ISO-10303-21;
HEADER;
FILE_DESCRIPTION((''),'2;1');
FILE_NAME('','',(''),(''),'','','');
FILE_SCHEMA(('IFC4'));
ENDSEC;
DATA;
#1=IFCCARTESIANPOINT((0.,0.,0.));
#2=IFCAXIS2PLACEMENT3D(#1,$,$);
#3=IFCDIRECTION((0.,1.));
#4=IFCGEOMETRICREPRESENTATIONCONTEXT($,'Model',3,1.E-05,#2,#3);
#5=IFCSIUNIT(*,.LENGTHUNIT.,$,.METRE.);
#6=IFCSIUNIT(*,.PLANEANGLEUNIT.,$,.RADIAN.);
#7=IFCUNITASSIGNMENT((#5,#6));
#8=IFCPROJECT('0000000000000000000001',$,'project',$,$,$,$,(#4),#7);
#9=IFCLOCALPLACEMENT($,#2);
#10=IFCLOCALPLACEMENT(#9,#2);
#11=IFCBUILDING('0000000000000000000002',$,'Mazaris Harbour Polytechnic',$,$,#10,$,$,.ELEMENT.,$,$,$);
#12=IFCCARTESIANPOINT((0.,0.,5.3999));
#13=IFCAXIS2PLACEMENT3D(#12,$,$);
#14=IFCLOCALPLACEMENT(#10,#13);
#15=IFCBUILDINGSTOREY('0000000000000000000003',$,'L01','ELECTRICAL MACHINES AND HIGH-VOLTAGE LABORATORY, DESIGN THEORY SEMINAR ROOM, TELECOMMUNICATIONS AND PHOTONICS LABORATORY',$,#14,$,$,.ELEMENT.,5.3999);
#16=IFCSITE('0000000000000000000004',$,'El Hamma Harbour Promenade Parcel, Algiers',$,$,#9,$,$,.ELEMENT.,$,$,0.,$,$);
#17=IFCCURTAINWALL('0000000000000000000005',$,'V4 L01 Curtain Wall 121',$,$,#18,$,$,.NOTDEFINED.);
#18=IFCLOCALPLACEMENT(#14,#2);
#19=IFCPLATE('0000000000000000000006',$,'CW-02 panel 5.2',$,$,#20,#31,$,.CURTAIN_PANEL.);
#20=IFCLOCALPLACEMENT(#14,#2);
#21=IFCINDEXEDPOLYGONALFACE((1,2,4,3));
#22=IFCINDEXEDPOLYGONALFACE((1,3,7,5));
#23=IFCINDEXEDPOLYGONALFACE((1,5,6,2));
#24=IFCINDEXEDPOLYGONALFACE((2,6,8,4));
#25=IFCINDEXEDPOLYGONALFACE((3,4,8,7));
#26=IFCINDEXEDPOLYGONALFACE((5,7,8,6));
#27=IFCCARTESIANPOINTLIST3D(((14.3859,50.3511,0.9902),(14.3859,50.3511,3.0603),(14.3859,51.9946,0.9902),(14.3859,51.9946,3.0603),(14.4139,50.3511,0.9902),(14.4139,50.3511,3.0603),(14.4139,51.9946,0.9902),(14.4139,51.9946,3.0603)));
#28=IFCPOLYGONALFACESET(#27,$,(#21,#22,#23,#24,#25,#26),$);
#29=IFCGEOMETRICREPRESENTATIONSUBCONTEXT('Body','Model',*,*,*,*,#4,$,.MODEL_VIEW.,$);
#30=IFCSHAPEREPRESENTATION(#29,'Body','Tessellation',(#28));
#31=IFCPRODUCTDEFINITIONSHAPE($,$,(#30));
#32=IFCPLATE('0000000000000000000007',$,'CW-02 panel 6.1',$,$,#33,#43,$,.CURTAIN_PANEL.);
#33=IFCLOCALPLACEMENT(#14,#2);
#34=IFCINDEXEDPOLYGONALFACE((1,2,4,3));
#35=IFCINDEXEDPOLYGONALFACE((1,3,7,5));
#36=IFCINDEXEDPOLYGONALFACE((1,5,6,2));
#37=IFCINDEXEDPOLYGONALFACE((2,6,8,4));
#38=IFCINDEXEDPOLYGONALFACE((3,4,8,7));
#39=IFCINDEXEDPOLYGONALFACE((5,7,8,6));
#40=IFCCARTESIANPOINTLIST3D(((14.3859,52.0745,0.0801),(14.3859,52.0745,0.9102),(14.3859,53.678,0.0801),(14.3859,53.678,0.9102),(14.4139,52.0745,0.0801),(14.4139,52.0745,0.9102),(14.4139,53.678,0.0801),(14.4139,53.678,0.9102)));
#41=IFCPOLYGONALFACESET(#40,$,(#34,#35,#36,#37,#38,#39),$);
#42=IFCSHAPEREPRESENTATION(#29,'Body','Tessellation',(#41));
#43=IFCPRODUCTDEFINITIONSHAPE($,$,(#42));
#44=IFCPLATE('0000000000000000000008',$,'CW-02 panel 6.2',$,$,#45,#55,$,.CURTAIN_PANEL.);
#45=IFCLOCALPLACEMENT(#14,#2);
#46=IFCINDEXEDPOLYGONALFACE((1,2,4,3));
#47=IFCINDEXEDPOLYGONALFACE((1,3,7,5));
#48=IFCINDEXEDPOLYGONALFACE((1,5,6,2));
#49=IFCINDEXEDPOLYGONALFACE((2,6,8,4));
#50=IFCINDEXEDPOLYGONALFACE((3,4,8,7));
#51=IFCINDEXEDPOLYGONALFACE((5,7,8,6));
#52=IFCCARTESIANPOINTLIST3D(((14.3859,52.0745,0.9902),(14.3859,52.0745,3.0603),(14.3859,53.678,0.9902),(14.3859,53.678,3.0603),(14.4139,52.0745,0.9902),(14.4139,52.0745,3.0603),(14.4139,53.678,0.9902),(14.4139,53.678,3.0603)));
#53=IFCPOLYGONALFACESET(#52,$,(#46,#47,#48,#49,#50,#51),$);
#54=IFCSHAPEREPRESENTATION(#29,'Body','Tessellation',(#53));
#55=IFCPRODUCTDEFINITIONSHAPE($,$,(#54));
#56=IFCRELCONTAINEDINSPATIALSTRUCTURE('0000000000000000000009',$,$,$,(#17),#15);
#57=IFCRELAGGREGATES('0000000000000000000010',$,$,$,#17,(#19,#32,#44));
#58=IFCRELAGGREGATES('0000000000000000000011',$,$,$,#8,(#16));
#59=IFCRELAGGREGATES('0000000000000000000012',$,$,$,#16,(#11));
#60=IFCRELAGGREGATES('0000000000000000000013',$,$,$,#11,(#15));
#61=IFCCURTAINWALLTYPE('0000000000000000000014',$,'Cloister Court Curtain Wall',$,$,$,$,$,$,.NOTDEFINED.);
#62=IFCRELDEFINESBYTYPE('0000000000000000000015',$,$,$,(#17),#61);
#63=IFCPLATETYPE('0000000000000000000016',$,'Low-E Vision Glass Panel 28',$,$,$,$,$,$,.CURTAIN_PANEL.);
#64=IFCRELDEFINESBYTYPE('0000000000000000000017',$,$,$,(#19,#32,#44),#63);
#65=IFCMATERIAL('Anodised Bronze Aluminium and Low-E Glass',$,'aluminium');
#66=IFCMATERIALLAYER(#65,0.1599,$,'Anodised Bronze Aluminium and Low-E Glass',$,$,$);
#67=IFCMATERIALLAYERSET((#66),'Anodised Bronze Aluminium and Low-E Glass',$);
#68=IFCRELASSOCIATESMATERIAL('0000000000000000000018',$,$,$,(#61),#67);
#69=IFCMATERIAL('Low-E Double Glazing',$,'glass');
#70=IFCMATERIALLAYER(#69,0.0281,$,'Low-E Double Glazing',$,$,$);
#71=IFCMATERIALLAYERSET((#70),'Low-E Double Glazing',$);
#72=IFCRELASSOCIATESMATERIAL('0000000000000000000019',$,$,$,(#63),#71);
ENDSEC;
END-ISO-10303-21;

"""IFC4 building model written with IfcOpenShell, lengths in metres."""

from ifc_helpers import new_model, si_unit, direction, frame, origin, origin_2d, place, context, subcontext, project, spatial, rectangle, extrude, material, layer, layer_set, type_object, element, aggregate, save


model = new_model("IFC4")

# Units and contexts
model_context = context("Model", 3, precision=1e-05, world=origin(), true_north=direction((0.0, 1.0)))
body_context = subcontext(model_context, "Body", "Model", "MODEL_VIEW")
ifc_project = project(units=[si_unit("LENGTHUNIT", "METRE"), si_unit("PLANEANGLEUNIT", "RADIAN")], contexts=[model_context])

# Site, building, storey
site_placement = place(None, origin())
site = spatial("IfcSite", under=ifc_project, at=site_placement, Name="El Hamma Harbour Promenade Parcel, Algiers", CompositionType="ELEMENT", RefElevation=0.0)
building_placement = place(site_placement, origin())
building = spatial("IfcBuilding", under=site, at=building_placement, Name="Mazaris Harbour Polytechnic", CompositionType="ELEMENT")
storey_placement = place(building_placement, frame((0.0, 0.0, 5.3999)))
storey = spatial("IfcBuildingStorey", under=building, at=storey_placement, Name="L01", Description="ELECTRICAL MACHINES AND HIGH-VOLTAGE LABORATORY, DESIGN THEORY SEMINAR ROOM, TELECOMMUNICATIONS AND PHOTONICS LABORATORY", CompositionType="ELEMENT", Elevation=5.3999)

# Curtain wall
ifc_material_1 = material(Name="Anodised Bronze Aluminium and Low-E Glass", Category="aluminium")
ifc_layer_1 = layer(ifc_material_1, 0.1599, Name="Anodised Bronze Aluminium and Low-E Glass")
ifc_layer_set_1 = layer_set([ifc_layer_1], Name="Anodised Bronze Aluminium and Low-E Glass")
curtain_wall_type = type_object("IfcCurtainWallType", Name="Cloister Court Curtain Wall", PredefinedType="NOTDEFINED", material=ifc_layer_set_1)
curtain_wall_placement = place(storey_placement, origin())
curtain_wall = element("IfcCurtainWall", 1, at=curtain_wall_placement, inside=storey, type_object=curtain_wall_type, Name="V4 L01 Curtain Wall 121", PredefinedType="NOTDEFINED")

# Plates
ifc_material_2 = material(Name="Low-E Double Glazing", Category="glass")
ifc_layer_2 = layer(ifc_material_2, 0.0281, Name="Low-E Double Glazing")
ifc_layer_set_2 = layer_set([ifc_layer_2], Name="Low-E Double Glazing")
plate_type = type_object("IfcPlateType", Name="Low-E Vision Glass Panel 28", PredefinedType="CURTAIN_PANEL", material=ifc_layer_set_2)
plate_1_placement = place(storey_placement, frame((14.3999, 51.1729, 0.9902), z_axis=(0.0, 0.0, 1.0), x_axis=(0.0, 1.0, 0.0)))
plate_1 = element("IfcPlate", 2, at=plate_1_placement, type_object=plate_type, Name="CW-02 panel 5.2", PredefinedType="CURTAIN_PANEL", context=body_context, shape_type="SweptSolid", body=[
    extrude(rectangle(XDim=1.6436, YDim=0.0281, at=origin_2d()), origin(), (0.0, 0.0, 1.0), 2.0701),
])
plate_2_placement = place(storey_placement, frame((14.3999, 52.8762, 0.0801), z_axis=(0.0, 0.0, 1.0), x_axis=(0.0, 1.0, 0.0)))
plate_2 = element("IfcPlate", 3, at=plate_2_placement, type_object=plate_type, Name="CW-02 panel 6.1", PredefinedType="CURTAIN_PANEL", context=body_context, shape_type="SweptSolid", body=[
    extrude(rectangle(XDim=1.6035, YDim=0.0281, at=origin_2d()), origin(), (0.0, 0.0, 1.0), 0.8301),
])
plate_3_placement = place(storey_placement, frame((14.3999, 52.8762, 0.9902), z_axis=(0.0, 0.0, 1.0), x_axis=(0.0, 1.0, 0.0)))
plate_3 = element("IfcPlate", 4, at=plate_3_placement, type_object=plate_type, Name="CW-02 panel 6.2", PredefinedType="CURTAIN_PANEL", context=body_context, shape_type="SweptSolid", body=[
    extrude(rectangle(XDim=1.6035, YDim=0.0281, at=origin_2d()), origin(), (0.0, 0.0, 1.0), 2.0701),
])
aggregate(curtain_wall, [plate_1, plate_2, plate_3])

save(model, "model.ifc")
